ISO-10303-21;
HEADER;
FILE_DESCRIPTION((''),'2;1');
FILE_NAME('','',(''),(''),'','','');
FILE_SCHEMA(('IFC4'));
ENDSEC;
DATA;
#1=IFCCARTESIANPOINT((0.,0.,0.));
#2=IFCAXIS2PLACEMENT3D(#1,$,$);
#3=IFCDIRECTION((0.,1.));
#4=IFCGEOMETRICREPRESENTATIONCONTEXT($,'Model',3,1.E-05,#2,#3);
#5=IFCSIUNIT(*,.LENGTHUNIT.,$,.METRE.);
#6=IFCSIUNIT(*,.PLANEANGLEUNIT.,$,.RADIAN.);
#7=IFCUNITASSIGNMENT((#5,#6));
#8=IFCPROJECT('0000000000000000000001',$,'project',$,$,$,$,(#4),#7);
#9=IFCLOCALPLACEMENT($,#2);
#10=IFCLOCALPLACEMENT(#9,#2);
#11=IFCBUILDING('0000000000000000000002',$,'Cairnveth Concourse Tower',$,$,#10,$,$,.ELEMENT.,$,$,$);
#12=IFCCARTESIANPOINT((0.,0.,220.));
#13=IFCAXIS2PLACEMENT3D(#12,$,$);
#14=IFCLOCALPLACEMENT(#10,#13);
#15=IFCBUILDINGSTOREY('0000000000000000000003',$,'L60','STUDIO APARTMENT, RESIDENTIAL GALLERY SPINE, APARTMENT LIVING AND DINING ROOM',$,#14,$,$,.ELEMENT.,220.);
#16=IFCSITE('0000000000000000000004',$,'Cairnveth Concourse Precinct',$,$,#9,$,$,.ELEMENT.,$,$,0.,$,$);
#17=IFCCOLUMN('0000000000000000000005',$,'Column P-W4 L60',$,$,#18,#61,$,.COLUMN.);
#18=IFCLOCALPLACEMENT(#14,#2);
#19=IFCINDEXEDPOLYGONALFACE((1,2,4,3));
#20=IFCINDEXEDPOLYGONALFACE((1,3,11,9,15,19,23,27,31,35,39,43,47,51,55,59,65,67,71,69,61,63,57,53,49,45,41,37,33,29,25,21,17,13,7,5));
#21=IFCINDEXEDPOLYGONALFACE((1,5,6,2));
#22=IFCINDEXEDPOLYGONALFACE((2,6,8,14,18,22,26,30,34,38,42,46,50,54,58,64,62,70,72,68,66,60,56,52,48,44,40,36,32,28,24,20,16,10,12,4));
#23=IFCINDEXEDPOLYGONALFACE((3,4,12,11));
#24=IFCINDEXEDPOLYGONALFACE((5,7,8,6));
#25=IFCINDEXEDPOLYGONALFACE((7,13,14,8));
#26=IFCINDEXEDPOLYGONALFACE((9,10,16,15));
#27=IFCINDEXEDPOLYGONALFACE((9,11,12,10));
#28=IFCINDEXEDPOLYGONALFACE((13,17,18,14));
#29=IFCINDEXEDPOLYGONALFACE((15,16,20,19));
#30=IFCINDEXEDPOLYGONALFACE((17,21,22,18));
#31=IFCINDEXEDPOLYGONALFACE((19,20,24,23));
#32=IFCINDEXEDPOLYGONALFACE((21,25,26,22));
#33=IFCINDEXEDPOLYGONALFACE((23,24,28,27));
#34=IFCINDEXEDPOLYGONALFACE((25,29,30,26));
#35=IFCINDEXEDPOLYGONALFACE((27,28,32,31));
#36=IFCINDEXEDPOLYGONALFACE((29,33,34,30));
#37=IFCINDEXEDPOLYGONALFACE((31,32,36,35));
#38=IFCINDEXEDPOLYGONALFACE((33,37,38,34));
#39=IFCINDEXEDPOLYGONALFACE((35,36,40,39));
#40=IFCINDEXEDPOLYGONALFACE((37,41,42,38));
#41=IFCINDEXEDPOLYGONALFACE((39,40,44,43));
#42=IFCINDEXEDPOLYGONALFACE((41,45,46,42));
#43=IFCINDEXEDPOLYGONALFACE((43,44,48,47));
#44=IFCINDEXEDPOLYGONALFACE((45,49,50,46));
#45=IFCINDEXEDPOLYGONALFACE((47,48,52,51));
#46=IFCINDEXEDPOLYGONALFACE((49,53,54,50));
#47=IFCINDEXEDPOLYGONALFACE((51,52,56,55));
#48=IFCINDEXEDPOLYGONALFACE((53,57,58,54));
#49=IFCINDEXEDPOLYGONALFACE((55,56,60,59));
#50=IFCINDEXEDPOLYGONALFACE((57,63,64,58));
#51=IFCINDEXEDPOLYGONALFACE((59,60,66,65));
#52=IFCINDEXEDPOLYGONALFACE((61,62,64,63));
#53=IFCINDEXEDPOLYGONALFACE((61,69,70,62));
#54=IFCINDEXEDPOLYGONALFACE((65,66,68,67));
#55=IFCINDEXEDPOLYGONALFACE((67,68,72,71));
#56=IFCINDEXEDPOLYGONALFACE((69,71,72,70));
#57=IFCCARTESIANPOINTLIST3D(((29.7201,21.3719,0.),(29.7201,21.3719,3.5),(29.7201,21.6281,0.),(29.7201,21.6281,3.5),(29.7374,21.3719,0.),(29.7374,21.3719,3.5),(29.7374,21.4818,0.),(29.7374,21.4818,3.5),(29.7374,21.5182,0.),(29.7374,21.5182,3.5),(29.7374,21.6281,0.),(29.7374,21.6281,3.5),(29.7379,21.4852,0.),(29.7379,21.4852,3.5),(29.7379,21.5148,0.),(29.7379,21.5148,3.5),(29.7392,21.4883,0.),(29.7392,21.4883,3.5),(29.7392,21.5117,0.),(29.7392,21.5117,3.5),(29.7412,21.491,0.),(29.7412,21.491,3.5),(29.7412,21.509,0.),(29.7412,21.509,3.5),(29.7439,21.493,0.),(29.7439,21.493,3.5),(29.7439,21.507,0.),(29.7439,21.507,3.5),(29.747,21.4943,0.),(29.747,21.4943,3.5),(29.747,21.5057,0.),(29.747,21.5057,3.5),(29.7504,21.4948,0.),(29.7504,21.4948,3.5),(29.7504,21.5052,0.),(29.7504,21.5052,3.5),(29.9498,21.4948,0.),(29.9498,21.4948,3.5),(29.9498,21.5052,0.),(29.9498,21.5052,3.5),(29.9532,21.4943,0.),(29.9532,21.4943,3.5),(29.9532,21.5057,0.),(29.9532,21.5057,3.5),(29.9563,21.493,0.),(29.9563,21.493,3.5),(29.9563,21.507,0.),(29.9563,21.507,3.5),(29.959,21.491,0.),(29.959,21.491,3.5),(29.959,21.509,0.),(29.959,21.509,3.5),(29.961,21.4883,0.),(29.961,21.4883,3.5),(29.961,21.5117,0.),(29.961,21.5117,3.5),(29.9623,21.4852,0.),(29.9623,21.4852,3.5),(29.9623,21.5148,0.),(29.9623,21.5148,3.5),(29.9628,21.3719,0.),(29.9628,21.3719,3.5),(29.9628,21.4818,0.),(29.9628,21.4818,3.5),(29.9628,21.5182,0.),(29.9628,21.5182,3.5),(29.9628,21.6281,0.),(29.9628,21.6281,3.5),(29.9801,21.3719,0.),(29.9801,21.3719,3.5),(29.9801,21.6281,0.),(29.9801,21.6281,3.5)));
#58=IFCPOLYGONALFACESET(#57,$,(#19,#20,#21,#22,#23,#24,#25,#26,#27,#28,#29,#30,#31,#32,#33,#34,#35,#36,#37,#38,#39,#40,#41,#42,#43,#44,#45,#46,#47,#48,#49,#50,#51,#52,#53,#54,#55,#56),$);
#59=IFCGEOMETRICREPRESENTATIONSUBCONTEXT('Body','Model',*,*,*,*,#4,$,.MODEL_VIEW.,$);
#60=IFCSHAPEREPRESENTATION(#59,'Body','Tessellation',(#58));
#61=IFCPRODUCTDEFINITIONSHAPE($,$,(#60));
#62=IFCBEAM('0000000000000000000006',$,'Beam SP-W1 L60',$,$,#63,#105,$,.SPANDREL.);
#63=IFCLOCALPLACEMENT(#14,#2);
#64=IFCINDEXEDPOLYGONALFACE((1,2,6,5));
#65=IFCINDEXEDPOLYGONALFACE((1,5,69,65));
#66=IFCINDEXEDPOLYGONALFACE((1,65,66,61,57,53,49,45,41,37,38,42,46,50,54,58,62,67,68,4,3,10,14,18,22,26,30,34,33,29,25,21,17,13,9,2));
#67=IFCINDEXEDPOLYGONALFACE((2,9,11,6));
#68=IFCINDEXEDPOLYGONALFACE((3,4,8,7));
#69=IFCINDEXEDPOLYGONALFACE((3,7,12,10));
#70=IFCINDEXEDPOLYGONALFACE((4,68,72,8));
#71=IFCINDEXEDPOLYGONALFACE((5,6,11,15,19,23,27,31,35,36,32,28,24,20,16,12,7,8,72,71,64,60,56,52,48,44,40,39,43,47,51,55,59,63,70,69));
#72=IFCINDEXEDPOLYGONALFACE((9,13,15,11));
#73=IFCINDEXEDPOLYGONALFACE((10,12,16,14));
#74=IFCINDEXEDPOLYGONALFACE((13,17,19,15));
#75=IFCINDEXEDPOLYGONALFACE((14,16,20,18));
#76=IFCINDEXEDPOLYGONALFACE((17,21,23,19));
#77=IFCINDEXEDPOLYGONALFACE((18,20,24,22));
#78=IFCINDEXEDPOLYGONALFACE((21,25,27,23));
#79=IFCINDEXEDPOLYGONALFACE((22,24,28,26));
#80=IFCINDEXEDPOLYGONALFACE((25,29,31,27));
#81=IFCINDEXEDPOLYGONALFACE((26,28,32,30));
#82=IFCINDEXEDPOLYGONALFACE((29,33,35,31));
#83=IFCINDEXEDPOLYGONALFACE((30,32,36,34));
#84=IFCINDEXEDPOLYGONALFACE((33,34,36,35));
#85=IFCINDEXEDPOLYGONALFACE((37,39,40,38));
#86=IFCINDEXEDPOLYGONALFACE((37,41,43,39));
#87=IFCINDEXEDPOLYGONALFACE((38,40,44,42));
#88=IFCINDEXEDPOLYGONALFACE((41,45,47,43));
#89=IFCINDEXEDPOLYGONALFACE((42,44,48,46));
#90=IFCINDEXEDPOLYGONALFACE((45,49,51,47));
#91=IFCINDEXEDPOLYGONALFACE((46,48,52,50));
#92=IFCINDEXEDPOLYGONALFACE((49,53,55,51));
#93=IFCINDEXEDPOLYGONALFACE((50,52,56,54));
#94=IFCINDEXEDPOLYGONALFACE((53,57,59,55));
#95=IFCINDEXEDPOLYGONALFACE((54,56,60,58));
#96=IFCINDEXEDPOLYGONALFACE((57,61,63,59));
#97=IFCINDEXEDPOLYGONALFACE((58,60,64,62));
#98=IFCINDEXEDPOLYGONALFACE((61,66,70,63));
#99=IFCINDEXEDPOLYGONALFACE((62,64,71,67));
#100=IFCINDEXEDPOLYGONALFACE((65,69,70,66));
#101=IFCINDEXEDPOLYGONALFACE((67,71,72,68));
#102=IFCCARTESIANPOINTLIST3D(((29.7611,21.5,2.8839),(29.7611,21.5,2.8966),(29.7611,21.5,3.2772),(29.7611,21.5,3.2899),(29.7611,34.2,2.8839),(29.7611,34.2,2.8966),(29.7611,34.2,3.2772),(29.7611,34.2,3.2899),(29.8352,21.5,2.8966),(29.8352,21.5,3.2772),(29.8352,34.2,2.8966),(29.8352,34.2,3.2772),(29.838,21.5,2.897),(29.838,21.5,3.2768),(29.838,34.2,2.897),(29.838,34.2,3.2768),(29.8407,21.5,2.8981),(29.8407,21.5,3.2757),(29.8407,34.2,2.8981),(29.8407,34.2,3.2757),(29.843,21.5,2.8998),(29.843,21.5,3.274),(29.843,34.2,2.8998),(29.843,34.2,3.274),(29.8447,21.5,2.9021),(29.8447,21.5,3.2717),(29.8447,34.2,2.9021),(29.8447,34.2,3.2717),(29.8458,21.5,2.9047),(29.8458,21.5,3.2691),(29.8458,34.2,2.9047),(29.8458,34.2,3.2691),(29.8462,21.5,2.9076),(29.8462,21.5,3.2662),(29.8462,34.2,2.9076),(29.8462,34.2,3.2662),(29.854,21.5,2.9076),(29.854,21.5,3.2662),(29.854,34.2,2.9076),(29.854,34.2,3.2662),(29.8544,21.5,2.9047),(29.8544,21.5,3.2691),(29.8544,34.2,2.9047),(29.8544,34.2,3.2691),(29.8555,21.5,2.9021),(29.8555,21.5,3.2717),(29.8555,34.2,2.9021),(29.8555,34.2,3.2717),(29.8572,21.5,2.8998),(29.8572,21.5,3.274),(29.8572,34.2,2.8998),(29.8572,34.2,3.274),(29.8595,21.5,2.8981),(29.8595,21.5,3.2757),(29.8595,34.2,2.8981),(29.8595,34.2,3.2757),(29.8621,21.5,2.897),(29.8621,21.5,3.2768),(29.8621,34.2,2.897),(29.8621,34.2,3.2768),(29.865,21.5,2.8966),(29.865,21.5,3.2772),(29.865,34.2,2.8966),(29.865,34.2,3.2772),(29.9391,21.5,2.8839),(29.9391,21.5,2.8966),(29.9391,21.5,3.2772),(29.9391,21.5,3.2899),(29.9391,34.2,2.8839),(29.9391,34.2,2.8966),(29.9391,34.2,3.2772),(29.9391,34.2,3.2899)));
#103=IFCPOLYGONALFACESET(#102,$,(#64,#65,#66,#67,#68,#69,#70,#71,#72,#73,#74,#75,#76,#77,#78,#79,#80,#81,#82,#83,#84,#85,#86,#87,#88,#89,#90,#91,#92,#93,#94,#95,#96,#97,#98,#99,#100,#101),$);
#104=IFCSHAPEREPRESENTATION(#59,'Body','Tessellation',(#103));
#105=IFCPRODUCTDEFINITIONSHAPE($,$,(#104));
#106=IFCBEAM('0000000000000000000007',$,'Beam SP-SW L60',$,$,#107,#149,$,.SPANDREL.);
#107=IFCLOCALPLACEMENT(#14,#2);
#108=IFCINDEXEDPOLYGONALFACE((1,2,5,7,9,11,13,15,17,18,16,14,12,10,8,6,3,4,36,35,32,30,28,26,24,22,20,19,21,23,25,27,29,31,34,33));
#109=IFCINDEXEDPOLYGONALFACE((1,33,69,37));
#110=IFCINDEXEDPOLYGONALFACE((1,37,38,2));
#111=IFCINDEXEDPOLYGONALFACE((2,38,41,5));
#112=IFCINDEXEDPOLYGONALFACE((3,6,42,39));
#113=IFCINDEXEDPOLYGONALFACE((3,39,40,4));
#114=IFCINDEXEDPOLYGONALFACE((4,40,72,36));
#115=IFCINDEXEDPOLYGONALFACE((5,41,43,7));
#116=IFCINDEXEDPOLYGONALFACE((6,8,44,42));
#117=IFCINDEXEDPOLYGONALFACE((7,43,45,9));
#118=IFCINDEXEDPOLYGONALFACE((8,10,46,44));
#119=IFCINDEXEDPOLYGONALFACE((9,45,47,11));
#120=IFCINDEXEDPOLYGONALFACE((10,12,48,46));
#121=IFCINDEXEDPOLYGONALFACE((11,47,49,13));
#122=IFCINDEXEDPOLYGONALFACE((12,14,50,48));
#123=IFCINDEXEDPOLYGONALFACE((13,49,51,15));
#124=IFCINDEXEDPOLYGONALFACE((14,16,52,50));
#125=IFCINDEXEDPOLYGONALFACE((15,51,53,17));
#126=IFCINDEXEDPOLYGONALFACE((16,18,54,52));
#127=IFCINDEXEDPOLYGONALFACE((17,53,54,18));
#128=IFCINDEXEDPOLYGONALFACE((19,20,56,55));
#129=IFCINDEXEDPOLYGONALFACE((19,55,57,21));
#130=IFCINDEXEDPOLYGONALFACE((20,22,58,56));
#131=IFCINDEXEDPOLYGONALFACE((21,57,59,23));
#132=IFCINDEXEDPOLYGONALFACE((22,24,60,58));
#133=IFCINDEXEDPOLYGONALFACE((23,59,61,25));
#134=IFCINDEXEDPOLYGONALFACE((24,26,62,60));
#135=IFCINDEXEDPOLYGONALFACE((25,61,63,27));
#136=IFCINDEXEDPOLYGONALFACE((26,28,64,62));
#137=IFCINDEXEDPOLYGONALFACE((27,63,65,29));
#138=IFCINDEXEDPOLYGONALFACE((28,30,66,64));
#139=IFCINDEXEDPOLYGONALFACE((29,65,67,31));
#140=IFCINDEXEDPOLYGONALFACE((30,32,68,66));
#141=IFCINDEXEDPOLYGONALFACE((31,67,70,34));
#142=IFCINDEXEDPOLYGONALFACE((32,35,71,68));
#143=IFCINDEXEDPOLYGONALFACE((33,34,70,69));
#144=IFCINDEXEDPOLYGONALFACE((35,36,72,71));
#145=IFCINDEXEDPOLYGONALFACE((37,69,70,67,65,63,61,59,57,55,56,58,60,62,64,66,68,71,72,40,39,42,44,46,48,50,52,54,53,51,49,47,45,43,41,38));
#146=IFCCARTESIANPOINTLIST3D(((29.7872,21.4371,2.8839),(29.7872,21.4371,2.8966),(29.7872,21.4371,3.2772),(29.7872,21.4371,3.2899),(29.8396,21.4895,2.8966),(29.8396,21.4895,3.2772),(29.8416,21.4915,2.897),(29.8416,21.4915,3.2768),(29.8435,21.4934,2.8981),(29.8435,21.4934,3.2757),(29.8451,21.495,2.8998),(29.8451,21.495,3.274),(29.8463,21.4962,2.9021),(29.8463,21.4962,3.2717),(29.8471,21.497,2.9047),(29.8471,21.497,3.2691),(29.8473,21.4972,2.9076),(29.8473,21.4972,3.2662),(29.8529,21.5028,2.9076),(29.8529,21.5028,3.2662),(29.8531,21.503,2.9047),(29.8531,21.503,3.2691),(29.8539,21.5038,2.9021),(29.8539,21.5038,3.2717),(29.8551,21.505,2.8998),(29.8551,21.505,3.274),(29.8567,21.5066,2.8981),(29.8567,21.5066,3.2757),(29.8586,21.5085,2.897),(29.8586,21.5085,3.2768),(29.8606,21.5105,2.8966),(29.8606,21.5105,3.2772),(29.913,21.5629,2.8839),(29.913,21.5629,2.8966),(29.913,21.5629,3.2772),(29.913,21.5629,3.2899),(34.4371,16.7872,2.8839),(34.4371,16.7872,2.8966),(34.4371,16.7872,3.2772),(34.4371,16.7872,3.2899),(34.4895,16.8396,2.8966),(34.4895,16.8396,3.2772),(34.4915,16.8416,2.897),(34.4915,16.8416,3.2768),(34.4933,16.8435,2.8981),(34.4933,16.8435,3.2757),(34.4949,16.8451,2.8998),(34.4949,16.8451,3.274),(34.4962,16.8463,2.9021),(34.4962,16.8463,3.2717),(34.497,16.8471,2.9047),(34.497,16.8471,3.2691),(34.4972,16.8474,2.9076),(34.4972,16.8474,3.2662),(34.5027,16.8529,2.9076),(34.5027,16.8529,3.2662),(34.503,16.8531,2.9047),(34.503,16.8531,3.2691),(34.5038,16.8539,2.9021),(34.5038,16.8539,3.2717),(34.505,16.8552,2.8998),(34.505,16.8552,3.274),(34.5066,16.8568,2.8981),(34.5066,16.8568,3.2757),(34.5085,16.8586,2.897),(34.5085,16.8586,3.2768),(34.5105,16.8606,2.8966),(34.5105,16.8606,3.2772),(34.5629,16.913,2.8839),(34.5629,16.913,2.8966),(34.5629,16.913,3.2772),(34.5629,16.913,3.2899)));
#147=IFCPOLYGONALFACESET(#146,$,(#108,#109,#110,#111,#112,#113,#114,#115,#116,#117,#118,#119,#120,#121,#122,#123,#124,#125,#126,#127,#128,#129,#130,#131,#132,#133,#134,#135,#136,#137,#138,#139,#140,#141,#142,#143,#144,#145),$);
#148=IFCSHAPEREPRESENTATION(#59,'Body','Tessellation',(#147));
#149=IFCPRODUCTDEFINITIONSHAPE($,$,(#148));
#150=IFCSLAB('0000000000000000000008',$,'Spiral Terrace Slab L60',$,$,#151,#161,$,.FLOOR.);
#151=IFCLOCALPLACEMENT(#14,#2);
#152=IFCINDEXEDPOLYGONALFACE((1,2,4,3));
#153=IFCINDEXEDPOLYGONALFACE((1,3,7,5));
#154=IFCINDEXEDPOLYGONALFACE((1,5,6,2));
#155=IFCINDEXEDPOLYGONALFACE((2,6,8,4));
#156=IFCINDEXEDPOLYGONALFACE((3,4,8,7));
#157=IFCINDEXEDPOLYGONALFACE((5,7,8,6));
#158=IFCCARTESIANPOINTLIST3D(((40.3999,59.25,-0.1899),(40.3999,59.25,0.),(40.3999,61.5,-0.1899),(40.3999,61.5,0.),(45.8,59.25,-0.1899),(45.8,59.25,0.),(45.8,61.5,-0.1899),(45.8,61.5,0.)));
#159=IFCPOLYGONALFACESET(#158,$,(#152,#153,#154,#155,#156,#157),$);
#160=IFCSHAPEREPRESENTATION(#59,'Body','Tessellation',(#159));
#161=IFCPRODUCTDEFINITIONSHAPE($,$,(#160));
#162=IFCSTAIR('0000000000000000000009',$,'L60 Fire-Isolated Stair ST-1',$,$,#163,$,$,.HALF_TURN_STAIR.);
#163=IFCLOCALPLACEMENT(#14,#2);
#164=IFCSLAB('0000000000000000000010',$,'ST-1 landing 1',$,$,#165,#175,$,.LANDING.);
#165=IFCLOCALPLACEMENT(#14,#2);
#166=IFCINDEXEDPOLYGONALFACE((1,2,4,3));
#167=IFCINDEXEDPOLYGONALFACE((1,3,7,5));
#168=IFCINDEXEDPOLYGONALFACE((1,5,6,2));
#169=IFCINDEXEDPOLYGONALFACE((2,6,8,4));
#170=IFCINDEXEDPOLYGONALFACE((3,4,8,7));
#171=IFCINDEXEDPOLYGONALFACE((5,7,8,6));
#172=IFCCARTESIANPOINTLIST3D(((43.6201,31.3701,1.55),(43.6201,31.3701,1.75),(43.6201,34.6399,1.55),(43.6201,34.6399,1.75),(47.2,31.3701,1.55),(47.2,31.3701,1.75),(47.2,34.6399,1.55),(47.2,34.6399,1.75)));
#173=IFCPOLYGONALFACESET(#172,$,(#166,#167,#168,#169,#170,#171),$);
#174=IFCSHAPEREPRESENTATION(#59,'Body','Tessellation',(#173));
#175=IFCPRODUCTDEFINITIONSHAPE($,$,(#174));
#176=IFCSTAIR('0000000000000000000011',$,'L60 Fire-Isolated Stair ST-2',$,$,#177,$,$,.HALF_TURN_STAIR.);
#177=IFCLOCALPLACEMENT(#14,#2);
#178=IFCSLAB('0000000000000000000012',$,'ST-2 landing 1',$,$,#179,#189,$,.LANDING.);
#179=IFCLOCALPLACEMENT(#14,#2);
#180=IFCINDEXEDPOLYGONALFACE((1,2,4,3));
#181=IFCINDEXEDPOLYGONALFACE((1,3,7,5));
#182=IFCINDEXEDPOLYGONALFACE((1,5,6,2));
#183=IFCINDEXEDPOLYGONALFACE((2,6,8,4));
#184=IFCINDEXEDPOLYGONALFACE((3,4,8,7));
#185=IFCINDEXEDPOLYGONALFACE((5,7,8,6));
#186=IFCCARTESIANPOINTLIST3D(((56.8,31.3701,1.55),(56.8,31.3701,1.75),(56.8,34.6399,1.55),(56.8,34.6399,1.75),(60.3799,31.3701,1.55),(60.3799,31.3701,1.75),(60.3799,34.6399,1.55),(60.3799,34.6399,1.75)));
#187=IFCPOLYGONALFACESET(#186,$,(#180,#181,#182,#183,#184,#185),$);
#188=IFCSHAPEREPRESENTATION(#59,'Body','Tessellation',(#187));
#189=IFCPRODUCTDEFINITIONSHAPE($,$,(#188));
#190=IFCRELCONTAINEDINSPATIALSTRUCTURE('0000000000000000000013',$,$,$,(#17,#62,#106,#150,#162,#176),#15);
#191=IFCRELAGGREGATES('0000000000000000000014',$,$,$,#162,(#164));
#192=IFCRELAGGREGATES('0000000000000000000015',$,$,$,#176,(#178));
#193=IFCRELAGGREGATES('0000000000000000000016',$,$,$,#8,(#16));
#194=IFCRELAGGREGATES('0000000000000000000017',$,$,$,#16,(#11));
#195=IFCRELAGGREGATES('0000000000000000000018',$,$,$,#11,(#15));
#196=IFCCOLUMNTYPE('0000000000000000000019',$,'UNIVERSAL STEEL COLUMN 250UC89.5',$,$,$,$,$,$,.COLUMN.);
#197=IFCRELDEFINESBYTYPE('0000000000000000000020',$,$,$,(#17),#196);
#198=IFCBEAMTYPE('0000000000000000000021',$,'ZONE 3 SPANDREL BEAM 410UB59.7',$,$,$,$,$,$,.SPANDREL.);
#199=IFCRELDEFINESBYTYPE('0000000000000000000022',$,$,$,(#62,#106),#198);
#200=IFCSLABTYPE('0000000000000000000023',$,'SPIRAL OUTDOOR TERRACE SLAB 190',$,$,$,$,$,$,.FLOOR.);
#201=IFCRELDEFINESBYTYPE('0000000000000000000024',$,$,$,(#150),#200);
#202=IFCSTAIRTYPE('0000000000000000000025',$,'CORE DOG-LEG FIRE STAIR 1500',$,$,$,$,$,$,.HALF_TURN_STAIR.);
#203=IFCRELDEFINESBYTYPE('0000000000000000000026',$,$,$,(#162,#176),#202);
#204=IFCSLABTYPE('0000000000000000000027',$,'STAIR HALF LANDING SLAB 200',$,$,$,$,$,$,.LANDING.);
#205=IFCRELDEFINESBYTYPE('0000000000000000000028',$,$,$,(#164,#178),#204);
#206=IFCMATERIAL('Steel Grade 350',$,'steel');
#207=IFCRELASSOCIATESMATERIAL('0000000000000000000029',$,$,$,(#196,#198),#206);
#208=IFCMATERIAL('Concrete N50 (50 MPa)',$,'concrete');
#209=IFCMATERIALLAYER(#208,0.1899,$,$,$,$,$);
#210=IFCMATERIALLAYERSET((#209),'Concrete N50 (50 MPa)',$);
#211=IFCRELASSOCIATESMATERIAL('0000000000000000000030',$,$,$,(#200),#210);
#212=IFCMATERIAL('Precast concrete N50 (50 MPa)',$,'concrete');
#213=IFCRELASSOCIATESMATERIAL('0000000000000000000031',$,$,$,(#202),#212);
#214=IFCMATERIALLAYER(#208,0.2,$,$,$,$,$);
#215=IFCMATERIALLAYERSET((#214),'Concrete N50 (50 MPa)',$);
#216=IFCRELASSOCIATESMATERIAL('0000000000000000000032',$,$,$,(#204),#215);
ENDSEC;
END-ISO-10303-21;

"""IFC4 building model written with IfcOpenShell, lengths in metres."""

from ifc_helpers import new_model, si_unit, direction, frame, origin, origin_2d, place, context, subcontext, project, spatial, polyline, i_section, outline, extrude, material, layer, layer_set, material_profile, profile_set, type_object, element, aggregate, save


model = new_model("IFC4")

# Units and contexts
model_context = context("Model", 3, precision=1e-05, world=origin(), true_north=direction((0.0, 1.0)))
body_context = subcontext(model_context, "Body", "Model", "MODEL_VIEW")
ifc_project = project(units=[si_unit("LENGTHUNIT", "METRE"), si_unit("PLANEANGLEUNIT", "RADIAN")], contexts=[model_context])

# Site, building, storey
site_placement = place(None, origin())
site = spatial("IfcSite", under=ifc_project, at=site_placement, Name="Cairnveth Concourse Precinct", CompositionType="ELEMENT", RefElevation=0.0)
building_placement = place(site_placement, origin())
building = spatial("IfcBuilding", under=site, at=building_placement, Name="Cairnveth Concourse Tower", CompositionType="ELEMENT")
storey_placement = place(building_placement, frame((0.0, 0.0, 220.0)))
storey = spatial("IfcBuildingStorey", under=building, at=storey_placement, Name="L60", Description="STUDIO APARTMENT, RESIDENTIAL GALLERY SPINE, APARTMENT LIVING AND DINING ROOM", CompositionType="ELEMENT", Elevation=220.0)

# Column
ifc_material_1 = material(Name="Steel Grade 350", Category="steel")
ifc_material_profile_1 = material_profile(ifc_material_1, i_section(OverallWidth=0.2561, OverallDepth=0.26, WebThickness=0.0105, FlangeThickness=0.0173, FilletRadius=0.0129, at=origin_2d()), Name="250UC89.5")
ifc_profile_set_1 = profile_set([ifc_material_profile_1], Name="Steel Grade 350")
column_type = type_object("IfcColumnType", Name="UNIVERSAL STEEL COLUMN 250UC89.5", PredefinedType="COLUMN", material=ifc_profile_set_1)
column_placement = place(storey_placement, frame((29.8501, 21.5, 0.0), z_axis=(0.0, 0.0, 1.0), x_axis=(0.0, 1.0, 0.0)))
element("IfcColumn", 1, at=column_placement, inside=storey, type_object=column_type, Name="Column P-W4 L60", PredefinedType="COLUMN", context=body_context, shape_type="SweptSolid", body=[
    extrude(i_section(OverallWidth=0.2561, OverallDepth=0.26, WebThickness=0.0105, FlangeThickness=0.0173, FilletRadius=0.0129, at=origin_2d()), origin(), (0.0, 0.0, 1.0), 3.5),
])

# Beams
ifc_material_profile_2 = material_profile(ifc_material_1, i_section(OverallWidth=0.178, OverallDepth=0.406, WebThickness=0.0078, FlangeThickness=0.0127, FilletRadius=0.011, at=origin_2d()), Name="410UB59.7")
ifc_profile_set_2 = profile_set([ifc_material_profile_2], Name="Steel Grade 350")
beam_type = type_object("IfcBeamType", Name="ZONE 3 SPANDREL BEAM 410UB59.7", PredefinedType="SPANDREL", material=ifc_profile_set_2)
beam_1_placement = place(storey_placement, frame((29.8501, 21.5, 3.0869), z_axis=(0.0, 1.0, 0.0), x_axis=(-1.0, 0.0, 0.0)))
element("IfcBeam", 2, at=beam_1_placement, inside=storey, type_object=beam_type, Name="Beam SP-W1 L60", PredefinedType="SPANDREL", context=body_context, shape_type="SweptSolid", body=[
    extrude(i_section(OverallWidth=0.178, OverallDepth=0.406, WebThickness=0.0078, FlangeThickness=0.0127, FilletRadius=0.011, at=origin_2d()), origin(), (0.0, 0.0, 1.0), 12.7),
])
beam_2_placement = place(storey_placement, frame((29.8501, 21.5, 3.0869), z_axis=(0.707107, -0.707107, 0.0), x_axis=(0.707107, 0.707107, 0.0)))
element("IfcBeam", 3, at=beam_2_placement, inside=storey, type_object=beam_type, Name="Beam SP-SW L60", PredefinedType="SPANDREL", context=body_context, shape_type="SweptSolid", body=[
    extrude(i_section(OverallWidth=0.178, OverallDepth=0.406, WebThickness=0.0078, FlangeThickness=0.0127, FilletRadius=0.011, at=origin_2d()), origin(), (0.0, 0.0, 1.0), 6.5759),
])

# Slab
ifc_material_2 = material(Name="Concrete N50 (50 MPa)", Category="concrete")
ifc_layer_1 = layer(ifc_material_2, 0.1899)
ifc_layer_set_1 = layer_set([ifc_layer_1], Name="Concrete N50 (50 MPa)")
slab_type_1 = type_object("IfcSlabType", Name="SPIRAL OUTDOOR TERRACE SLAB 190", PredefinedType="FLOOR", material=ifc_layer_set_1)
slab_1_placement = place(storey_placement, frame((0.0, 0.0, -0.1899)))
element("IfcSlab", 4, at=slab_1_placement, inside=storey, type_object=slab_type_1, Name="Spiral Terrace Slab L60", PredefinedType="FLOOR", context=body_context, shape_type="SweptSolid", body=[
    extrude(outline(polyline([(40.3999, 59.25), (45.8, 59.25), (45.8, 61.5), (40.3999, 61.5), (40.3999, 59.25)])), origin(), (0.0, 0.0, 1.0), 0.1899),
])

# Stairs, slabs
ifc_material_3 = material(Name="Precast concrete N50 (50 MPa)", Category="concrete")
stair_type = type_object("IfcStairType", Name="CORE DOG-LEG FIRE STAIR 1500", PredefinedType="HALF_TURN_STAIR", material=ifc_material_3)
stair_1_placement = place(storey_placement, origin())
stair_1 = element("IfcStair", 5, at=stair_1_placement, inside=storey, type_object=stair_type, Name="L60 Fire-Isolated Stair ST-1", PredefinedType="HALF_TURN_STAIR")
ifc_layer_2 = layer(ifc_material_2, 0.2)
ifc_layer_set_2 = layer_set([ifc_layer_2], Name="Concrete N50 (50 MPa)")
slab_type_2 = type_object("IfcSlabType", Name="STAIR HALF LANDING SLAB 200", PredefinedType="LANDING", material=ifc_layer_set_2)
slab_2_placement = place(storey_placement, frame((0.0, 0.0, 1.55)))
slab_2 = element("IfcSlab", 6, at=slab_2_placement, type_object=slab_type_2, Name="ST-1 landing 1", PredefinedType="LANDING", context=body_context, shape_type="SweptSolid", body=[
    extrude(outline(polyline([(43.6201, 34.6399), (43.6201, 31.3701), (47.2, 31.3701), (47.2, 34.6399), (43.6201, 34.6399)])), origin(), (0.0, 0.0, 1.0), 0.2),
])
aggregate(stair_1, [slab_2])
stair_2_placement = place(storey_placement, origin())
stair_2 = element("IfcStair", 7, at=stair_2_placement, inside=storey, type_object=stair_type, Name="L60 Fire-Isolated Stair ST-2", PredefinedType="HALF_TURN_STAIR")
slab_3_placement = place(storey_placement, frame((0.0, 0.0, 1.55)))
slab_3 = element("IfcSlab", 8, at=slab_3_placement, type_object=slab_type_2, Name="ST-2 landing 1", PredefinedType="LANDING", context=body_context, shape_type="SweptSolid", body=[
    extrude(outline(polyline([(56.8, 34.6399), (56.8, 31.3701), (60.3799, 31.3701), (60.3799, 34.6399), (56.8, 34.6399)])), origin(), (0.0, 0.0, 1.0), 0.2),
])
aggregate(stair_2, [slab_3])

save(model, "model.ifc")
